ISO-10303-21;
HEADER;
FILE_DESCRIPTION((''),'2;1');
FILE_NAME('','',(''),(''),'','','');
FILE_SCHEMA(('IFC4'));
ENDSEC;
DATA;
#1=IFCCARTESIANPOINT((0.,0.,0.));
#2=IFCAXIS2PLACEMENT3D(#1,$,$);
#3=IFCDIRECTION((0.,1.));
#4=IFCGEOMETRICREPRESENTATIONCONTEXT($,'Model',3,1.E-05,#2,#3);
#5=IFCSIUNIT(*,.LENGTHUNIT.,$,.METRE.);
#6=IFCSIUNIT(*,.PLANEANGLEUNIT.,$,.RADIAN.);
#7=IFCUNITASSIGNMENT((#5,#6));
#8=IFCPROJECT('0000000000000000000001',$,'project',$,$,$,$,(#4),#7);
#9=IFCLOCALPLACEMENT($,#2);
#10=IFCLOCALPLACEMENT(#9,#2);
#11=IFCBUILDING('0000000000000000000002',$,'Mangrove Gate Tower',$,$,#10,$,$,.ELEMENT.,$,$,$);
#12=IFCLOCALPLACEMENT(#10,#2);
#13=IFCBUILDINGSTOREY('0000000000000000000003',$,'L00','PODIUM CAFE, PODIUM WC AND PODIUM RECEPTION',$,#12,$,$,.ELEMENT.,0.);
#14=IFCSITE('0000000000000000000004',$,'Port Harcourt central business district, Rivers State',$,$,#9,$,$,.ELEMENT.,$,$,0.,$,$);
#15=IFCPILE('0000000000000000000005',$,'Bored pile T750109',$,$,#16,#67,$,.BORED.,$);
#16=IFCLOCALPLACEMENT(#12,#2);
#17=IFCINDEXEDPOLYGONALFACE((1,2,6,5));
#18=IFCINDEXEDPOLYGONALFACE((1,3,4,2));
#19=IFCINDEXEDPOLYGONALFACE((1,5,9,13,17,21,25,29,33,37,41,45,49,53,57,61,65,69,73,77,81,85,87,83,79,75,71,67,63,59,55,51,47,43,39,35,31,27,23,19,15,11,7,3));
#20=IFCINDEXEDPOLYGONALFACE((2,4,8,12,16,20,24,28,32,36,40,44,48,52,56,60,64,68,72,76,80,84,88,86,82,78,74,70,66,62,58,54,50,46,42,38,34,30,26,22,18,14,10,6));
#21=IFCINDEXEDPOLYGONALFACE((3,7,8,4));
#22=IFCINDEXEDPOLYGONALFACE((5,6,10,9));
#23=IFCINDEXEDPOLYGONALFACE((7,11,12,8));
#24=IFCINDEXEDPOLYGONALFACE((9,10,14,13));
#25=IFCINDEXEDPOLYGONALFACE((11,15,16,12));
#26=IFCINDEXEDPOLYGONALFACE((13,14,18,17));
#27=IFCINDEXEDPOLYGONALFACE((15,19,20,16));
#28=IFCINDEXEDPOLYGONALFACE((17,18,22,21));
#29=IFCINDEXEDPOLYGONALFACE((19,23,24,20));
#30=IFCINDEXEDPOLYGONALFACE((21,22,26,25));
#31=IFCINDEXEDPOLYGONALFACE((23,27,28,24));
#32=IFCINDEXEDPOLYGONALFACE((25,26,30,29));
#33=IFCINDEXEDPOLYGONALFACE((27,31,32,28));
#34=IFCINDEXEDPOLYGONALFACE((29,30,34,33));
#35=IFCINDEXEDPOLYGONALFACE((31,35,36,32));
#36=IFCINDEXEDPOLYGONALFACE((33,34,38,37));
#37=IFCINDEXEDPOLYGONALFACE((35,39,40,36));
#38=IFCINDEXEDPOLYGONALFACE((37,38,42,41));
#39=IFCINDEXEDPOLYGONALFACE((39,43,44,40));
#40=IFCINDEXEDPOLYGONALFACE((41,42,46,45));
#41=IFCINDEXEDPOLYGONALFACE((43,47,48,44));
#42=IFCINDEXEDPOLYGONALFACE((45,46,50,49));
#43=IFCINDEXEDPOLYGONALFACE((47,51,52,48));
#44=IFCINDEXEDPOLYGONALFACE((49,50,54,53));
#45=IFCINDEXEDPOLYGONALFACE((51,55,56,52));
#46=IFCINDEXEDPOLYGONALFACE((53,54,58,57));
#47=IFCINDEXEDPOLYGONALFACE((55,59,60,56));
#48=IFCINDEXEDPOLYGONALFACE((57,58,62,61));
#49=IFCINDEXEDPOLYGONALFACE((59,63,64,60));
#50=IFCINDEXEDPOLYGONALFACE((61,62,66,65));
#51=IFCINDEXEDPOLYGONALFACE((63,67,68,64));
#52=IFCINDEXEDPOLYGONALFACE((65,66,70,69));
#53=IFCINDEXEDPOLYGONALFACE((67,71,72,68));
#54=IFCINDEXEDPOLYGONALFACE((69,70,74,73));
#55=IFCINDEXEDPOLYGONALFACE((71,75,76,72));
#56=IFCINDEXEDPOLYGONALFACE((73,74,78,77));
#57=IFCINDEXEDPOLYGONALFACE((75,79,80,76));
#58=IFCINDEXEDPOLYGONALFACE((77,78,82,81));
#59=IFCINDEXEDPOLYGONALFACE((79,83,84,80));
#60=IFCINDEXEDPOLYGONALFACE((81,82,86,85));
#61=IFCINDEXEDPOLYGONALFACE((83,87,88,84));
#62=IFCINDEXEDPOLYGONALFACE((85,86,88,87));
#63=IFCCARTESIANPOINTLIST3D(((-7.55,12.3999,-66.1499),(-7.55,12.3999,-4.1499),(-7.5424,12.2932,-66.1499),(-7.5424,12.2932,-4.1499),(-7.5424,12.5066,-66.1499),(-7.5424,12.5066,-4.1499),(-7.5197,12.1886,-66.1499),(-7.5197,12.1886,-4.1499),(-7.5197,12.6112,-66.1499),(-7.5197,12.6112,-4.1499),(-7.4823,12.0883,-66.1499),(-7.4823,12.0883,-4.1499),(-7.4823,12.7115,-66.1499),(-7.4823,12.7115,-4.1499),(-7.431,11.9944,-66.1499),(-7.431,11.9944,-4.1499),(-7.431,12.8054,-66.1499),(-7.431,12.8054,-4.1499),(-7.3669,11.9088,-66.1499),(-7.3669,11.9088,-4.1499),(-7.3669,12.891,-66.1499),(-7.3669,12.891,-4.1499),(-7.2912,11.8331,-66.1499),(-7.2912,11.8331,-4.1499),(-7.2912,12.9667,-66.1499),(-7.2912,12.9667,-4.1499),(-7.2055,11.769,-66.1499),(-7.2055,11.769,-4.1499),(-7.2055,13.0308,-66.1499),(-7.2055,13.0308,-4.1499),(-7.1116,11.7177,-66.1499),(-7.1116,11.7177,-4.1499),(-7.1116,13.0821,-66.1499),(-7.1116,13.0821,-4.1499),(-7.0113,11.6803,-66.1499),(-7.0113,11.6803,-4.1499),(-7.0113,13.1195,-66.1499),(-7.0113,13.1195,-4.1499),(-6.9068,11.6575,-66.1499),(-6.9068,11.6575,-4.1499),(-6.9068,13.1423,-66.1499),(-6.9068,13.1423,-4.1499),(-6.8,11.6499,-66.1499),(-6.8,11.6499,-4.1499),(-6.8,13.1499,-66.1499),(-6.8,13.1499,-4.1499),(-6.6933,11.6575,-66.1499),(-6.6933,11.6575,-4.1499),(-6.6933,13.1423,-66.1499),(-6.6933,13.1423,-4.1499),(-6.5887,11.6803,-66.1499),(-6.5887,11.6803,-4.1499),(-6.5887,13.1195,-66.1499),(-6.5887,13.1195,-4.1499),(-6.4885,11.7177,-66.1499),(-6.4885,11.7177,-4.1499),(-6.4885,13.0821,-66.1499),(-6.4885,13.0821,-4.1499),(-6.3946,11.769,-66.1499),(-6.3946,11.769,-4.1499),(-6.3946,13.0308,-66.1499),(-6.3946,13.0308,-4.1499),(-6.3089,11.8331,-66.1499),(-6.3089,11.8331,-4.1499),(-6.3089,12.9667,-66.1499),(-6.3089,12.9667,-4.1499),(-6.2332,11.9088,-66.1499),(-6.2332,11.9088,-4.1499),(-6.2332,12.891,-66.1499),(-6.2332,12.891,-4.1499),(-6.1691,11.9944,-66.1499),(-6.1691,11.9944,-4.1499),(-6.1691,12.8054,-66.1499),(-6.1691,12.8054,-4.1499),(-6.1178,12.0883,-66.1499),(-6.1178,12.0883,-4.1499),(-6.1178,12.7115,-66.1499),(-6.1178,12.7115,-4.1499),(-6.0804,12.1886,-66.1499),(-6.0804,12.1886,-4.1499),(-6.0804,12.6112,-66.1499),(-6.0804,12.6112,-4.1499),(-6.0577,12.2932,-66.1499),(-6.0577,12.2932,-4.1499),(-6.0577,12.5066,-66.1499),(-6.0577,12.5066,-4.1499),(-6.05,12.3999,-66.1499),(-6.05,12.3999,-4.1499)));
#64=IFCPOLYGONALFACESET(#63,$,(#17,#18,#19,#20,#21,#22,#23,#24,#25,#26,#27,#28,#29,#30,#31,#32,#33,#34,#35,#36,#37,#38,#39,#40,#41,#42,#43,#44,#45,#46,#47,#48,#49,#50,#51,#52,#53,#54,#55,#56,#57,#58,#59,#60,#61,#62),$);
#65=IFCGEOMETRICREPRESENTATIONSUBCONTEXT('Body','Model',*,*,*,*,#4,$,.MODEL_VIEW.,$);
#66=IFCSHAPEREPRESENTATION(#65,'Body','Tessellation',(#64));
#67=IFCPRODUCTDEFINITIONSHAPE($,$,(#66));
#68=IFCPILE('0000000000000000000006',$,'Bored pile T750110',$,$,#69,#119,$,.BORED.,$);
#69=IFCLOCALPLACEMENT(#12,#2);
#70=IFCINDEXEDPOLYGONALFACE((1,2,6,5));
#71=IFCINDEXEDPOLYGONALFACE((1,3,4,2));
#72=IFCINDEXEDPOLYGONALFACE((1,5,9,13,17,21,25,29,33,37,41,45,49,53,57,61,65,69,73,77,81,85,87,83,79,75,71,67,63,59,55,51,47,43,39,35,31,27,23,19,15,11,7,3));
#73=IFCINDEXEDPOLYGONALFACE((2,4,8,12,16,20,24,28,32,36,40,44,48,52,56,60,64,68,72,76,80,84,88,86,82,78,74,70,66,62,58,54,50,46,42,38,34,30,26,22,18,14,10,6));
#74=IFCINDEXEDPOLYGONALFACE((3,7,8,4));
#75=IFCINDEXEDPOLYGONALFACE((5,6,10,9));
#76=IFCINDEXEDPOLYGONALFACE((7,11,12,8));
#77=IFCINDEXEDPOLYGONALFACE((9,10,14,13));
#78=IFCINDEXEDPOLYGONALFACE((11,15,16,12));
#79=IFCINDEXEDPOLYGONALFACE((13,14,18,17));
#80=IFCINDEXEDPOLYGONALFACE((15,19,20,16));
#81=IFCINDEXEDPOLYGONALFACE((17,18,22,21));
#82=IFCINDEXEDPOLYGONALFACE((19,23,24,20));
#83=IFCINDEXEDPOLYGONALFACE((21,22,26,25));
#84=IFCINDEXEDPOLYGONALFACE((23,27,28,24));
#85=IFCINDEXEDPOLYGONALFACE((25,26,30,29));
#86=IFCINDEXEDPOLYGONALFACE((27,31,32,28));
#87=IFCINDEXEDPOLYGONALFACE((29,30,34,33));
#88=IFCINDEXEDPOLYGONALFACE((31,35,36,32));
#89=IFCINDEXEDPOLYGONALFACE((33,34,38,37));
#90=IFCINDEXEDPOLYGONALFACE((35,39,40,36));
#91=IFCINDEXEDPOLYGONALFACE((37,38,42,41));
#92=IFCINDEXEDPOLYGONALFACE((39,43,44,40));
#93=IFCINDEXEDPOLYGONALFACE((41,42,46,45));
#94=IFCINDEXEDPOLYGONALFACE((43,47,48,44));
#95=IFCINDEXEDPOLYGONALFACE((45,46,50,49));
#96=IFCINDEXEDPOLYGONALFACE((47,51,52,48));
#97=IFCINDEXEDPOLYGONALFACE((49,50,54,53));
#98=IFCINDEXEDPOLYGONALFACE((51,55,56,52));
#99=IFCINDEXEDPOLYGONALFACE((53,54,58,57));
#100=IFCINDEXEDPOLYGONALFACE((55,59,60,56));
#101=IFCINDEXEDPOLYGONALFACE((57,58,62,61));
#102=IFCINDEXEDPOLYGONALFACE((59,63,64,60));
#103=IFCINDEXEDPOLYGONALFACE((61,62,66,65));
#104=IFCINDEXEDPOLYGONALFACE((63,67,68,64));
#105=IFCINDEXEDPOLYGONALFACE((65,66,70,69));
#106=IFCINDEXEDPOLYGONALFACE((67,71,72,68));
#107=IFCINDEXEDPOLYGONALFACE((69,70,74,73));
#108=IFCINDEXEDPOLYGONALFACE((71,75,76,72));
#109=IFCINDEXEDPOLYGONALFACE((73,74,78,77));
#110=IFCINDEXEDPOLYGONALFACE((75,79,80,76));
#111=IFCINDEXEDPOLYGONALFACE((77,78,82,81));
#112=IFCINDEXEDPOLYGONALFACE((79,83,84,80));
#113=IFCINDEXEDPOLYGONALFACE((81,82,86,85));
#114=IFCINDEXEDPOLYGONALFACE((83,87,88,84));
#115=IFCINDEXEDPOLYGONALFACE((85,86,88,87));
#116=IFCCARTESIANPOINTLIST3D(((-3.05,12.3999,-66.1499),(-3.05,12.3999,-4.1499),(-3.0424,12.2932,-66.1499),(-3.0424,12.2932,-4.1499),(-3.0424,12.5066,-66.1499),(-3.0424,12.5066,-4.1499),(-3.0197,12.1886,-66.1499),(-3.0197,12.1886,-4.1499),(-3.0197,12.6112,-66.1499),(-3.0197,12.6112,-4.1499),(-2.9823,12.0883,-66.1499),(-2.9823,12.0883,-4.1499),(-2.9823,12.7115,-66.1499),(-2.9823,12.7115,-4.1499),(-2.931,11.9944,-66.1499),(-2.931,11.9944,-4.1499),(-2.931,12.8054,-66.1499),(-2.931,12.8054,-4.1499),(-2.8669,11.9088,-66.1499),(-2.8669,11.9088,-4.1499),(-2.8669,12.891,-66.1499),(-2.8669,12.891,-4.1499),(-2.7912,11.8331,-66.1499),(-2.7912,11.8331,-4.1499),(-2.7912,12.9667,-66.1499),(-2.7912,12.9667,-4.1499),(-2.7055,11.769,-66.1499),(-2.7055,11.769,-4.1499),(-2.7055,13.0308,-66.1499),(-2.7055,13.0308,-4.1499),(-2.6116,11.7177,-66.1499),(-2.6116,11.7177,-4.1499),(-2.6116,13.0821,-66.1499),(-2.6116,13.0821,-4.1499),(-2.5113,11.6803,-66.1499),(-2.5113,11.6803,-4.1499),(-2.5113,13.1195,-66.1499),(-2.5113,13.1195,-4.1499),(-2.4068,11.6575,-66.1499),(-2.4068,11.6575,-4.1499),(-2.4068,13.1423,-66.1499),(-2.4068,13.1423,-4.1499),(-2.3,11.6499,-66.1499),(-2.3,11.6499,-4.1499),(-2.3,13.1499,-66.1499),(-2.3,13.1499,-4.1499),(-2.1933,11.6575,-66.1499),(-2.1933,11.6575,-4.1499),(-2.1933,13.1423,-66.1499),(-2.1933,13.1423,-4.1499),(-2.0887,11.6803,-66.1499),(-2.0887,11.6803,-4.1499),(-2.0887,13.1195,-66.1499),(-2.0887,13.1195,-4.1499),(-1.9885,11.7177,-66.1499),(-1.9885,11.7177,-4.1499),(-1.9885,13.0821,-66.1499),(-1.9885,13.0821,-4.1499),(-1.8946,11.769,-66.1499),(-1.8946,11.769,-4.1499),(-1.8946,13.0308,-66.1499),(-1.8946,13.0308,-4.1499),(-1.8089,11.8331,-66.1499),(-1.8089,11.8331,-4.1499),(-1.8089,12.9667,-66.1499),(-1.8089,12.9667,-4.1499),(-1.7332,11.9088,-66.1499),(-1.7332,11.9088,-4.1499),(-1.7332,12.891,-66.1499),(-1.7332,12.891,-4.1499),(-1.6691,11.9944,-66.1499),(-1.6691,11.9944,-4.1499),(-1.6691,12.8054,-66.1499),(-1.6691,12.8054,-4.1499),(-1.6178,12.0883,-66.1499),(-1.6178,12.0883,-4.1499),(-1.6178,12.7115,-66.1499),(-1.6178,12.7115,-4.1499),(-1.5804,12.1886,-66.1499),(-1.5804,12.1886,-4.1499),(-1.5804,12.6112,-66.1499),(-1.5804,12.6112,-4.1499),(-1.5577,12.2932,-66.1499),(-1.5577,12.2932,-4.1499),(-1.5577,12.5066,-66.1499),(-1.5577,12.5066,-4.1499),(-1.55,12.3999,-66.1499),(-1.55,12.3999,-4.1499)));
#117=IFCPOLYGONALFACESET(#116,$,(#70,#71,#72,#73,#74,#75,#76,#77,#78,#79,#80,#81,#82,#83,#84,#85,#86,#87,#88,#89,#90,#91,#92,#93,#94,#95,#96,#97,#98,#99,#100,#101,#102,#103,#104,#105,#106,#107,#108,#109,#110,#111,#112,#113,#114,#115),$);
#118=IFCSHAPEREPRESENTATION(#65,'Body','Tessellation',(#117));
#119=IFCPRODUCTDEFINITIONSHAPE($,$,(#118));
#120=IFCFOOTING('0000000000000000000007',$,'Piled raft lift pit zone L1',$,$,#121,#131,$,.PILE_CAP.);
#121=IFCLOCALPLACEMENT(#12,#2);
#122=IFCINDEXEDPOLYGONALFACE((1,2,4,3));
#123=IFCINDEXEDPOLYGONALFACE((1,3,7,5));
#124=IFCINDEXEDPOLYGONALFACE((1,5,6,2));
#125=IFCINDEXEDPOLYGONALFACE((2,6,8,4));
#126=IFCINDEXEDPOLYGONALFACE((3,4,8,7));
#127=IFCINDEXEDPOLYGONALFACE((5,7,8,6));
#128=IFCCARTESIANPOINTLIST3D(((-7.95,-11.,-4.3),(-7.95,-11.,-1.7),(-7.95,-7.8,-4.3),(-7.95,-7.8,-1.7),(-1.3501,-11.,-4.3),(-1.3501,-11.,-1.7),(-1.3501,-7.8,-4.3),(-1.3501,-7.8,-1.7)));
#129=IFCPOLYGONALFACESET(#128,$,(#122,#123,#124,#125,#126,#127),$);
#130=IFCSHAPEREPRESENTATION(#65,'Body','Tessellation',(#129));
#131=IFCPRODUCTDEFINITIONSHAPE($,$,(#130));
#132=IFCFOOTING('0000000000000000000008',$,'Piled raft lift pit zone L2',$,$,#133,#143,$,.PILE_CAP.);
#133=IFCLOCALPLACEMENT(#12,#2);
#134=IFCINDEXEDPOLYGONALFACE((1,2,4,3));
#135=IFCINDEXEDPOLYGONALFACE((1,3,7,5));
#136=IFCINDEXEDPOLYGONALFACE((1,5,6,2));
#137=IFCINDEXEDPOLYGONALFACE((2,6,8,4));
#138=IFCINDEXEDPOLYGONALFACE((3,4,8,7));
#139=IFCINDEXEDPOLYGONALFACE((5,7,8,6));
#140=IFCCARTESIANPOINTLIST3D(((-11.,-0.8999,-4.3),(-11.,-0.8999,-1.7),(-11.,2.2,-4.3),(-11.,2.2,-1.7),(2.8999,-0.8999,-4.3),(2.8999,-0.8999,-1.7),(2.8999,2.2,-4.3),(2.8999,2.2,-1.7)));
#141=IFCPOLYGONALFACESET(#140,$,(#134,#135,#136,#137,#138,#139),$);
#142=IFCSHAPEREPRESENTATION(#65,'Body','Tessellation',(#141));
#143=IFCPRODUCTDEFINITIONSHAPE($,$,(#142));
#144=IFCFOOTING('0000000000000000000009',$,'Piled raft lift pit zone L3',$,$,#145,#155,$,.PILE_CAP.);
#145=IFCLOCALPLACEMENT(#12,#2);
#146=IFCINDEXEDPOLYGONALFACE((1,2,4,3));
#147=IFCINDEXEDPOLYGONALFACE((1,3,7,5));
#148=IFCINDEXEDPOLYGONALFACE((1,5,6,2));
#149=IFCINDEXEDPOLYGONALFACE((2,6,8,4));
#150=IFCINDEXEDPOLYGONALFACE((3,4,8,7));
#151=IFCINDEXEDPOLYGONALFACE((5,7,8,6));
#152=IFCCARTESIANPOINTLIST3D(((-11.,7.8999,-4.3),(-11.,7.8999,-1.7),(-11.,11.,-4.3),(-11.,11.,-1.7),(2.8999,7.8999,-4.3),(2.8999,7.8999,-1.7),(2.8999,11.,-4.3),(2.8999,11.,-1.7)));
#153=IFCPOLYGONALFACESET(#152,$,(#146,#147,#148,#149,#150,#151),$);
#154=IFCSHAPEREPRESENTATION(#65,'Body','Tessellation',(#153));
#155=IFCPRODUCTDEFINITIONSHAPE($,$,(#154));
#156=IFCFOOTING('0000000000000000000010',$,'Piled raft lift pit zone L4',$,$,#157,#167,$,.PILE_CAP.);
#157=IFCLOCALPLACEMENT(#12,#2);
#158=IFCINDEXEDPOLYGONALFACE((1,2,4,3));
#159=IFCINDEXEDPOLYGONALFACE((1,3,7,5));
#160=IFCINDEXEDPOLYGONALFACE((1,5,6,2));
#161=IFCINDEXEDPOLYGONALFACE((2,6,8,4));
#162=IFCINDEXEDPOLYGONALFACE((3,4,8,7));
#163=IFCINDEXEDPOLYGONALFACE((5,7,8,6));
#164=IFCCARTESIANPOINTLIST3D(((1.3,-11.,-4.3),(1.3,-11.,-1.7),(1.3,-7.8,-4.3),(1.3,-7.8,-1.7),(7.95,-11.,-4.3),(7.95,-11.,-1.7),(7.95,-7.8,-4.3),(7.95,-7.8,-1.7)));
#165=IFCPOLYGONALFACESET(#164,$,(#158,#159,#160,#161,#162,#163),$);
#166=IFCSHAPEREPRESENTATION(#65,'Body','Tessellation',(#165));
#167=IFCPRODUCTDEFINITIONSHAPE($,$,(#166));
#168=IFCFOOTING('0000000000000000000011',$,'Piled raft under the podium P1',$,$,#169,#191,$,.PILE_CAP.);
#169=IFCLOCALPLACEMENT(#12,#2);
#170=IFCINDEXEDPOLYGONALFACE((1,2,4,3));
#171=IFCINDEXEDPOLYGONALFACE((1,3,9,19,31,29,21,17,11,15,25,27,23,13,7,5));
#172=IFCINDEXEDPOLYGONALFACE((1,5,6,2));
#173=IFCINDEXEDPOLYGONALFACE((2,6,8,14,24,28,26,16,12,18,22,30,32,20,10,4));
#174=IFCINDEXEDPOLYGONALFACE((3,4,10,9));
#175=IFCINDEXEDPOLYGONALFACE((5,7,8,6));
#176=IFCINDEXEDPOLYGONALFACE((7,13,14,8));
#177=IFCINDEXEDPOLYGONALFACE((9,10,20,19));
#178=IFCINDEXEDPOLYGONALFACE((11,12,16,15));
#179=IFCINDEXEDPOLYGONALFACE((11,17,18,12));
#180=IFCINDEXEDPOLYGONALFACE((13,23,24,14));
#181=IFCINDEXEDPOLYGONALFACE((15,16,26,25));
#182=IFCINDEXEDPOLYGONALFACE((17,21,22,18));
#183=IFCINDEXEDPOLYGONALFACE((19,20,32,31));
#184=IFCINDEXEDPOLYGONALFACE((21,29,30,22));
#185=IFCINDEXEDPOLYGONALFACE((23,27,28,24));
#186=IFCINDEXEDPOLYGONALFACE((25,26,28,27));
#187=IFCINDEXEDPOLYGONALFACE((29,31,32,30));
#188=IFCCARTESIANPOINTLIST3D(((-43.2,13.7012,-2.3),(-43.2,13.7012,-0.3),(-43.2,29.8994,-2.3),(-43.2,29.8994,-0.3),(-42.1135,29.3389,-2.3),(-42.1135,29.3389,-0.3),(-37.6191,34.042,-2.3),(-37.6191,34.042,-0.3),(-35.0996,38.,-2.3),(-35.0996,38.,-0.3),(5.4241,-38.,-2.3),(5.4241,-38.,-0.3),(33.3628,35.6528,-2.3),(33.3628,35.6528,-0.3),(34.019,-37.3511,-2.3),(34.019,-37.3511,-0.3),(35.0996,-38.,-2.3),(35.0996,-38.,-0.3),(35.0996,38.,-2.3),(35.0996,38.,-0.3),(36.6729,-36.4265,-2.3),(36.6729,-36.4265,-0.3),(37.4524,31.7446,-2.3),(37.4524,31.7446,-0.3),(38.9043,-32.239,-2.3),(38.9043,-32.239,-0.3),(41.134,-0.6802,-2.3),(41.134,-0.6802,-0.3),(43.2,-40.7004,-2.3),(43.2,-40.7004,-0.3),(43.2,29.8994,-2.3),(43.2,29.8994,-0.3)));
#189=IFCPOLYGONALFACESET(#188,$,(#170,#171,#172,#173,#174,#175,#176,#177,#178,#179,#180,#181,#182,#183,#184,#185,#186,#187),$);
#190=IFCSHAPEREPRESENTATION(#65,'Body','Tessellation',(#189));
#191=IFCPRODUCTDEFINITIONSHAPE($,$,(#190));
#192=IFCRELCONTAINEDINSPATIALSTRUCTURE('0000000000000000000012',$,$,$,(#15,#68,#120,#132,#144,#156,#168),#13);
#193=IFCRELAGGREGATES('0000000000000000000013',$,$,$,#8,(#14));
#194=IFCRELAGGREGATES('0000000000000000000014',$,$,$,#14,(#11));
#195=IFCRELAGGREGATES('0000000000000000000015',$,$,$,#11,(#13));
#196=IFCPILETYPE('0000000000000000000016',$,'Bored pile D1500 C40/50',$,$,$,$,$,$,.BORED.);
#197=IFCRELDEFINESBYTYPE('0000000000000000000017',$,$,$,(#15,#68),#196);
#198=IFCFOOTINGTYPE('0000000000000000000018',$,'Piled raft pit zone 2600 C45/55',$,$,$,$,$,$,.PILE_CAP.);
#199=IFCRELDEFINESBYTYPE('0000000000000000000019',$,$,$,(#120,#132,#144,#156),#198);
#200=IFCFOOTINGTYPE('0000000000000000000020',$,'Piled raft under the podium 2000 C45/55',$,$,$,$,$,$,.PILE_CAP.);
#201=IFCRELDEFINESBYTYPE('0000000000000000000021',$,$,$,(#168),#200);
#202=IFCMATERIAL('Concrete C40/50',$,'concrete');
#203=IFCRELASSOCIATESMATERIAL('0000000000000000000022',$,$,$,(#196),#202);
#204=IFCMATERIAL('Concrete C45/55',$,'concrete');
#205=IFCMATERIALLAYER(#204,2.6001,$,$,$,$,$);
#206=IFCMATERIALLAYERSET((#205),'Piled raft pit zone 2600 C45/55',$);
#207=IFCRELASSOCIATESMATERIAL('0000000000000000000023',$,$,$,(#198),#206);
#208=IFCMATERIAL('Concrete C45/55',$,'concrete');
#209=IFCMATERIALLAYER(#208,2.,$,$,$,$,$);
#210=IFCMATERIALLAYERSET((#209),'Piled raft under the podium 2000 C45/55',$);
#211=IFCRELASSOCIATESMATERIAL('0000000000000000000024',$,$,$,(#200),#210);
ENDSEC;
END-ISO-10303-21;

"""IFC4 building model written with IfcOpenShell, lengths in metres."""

from ifc_helpers import new_model, si_unit, direction, frame, origin, origin_2d, place, context, subcontext, project, spatial, polyline, circle, outline, extrude, material, layer, layer_set, material_profile, profile_set, type_object, element, save


model = new_model("IFC4")

# Units and contexts
model_context = context("Model", 3, precision=1e-05, world=origin(), true_north=direction((0.0, 1.0)))
body_context = subcontext(model_context, "Body", "Model", "MODEL_VIEW")
ifc_project = project(units=[si_unit("LENGTHUNIT", "METRE"), si_unit("PLANEANGLEUNIT", "RADIAN")], contexts=[model_context])

# Site, building, storey
site_placement = place(None, origin())
site = spatial("IfcSite", under=ifc_project, at=site_placement, Name="Port Harcourt central business district, Rivers State", CompositionType="ELEMENT", RefElevation=0.0)
building_placement = place(site_placement, origin())
building = spatial("IfcBuilding", under=site, at=building_placement, Name="Mangrove Gate Tower", CompositionType="ELEMENT")
storey_placement = place(building_placement, origin())
storey = spatial("IfcBuildingStorey", under=building, at=storey_placement, Name="L00", Description="PODIUM CAFE, PODIUM WC AND PODIUM RECEPTION", CompositionType="ELEMENT", Elevation=0.0)

# Piles
ifc_material_1 = material(Name="Concrete C40/50", Category="concrete")
ifc_material_profile = material_profile(ifc_material_1, circle(Radius=0.75, at=origin_2d()))
ifc_profile_set = profile_set([ifc_material_profile], Name="Concrete C40/50")
pile_type = type_object("IfcPileType", Name="Bored pile D1500 C40/50", PredefinedType="BORED", material=ifc_profile_set)
for number, where, z_axis, x_axis, name in (
    (1, (-6.8, 12.3999, -4.1499), (0.0, 0.0, -1.0), (1.0, 0.0, 0.0), "Bored pile T750109"),
    (2, (-2.3, 12.3999, -4.1499), (0.0, 0.0, -1.0), (1.0, 0.0, 0.0), "Bored pile T750110"),
):
    element("IfcPile", number, at=place(storey_placement, frame(where, z_axis=z_axis, x_axis=x_axis)), inside=storey, type_object=pile_type, Name=name, PredefinedType="BORED", context=body_context, shape_type="SweptSolid", body=[
        extrude(circle(Radius=0.75, at=origin_2d()), origin(), (0.0, 0.0, 1.0), 62.0),
    ])

# Footings
ifc_material_2 = material(Name="Concrete C45/55", Category="concrete")
ifc_layer_1 = layer(ifc_material_2, 2.6001)
ifc_layer_set_1 = layer_set([ifc_layer_1], Name="Piled raft pit zone 2600 C45/55")
footing_type_1 = type_object("IfcFootingType", Name="Piled raft pit zone 2600 C45/55", PredefinedType="PILE_CAP", material=ifc_layer_set_1)
footing_1_placement = place(storey_placement, frame((0.0, 0.0, -4.3)))
element("IfcFooting", 3, at=footing_1_placement, inside=storey, type_object=footing_type_1, Name="Piled raft lift pit zone L1", PredefinedType="PILE_CAP", context=body_context, shape_type="SweptSolid", body=[
    extrude(outline(polyline([(-1.3501, -7.8), (-7.95, -7.8), (-7.95, -11.0), (-1.3501, -11.0), (-1.3501, -7.8)])), origin(), (0.0, 0.0, 1.0), 2.6001),
])
footing_2_placement = place(storey_placement, frame((0.0, 0.0, -4.3)))
element("IfcFooting", 4, at=footing_2_placement, inside=storey, type_object=footing_type_1, Name="Piled raft lift pit zone L2", PredefinedType="PILE_CAP", context=body_context, shape_type="SweptSolid", body=[
    extrude(outline(polyline([(2.8999, 2.2), (-11.0, 2.2), (-11.0, -0.8999), (2.8999, -0.8999), (2.8999, 2.2)])), origin(), (0.0, 0.0, 1.0), 2.6001),
])
footing_3_placement = place(storey_placement, frame((0.0, 0.0, -4.3)))
element("IfcFooting", 5, at=footing_3_placement, inside=storey, type_object=footing_type_1, Name="Piled raft lift pit zone L3", PredefinedType="PILE_CAP", context=body_context, shape_type="SweptSolid", body=[
    extrude(outline(polyline([(2.8999, 11.0), (-11.0, 11.0), (-11.0, 7.8999), (2.8999, 7.8999), (2.8999, 11.0)])), origin(), (0.0, 0.0, 1.0), 2.6001),
])
footing_4_placement = place(storey_placement, frame((0.0, 0.0, -4.3)))
element("IfcFooting", 6, at=footing_4_placement, inside=storey, type_object=footing_type_1, Name="Piled raft lift pit zone L4", PredefinedType="PILE_CAP", context=body_context, shape_type="SweptSolid", body=[
    extrude(outline(polyline([(7.95, -7.8), (1.3, -7.8), (1.3, -11.0), (7.95, -11.0), (7.95, -7.8)])), origin(), (0.0, 0.0, 1.0), 2.6001),
])
ifc_material_3 = material(Name="Concrete C45/55", Category="concrete")
ifc_layer_2 = layer(ifc_material_3, 2.0)
ifc_layer_set_2 = layer_set([ifc_layer_2], Name="Piled raft under the podium 2000 C45/55")
footing_type_2 = type_object("IfcFootingType", Name="Piled raft under the podium 2000 C45/55", PredefinedType="PILE_CAP", material=ifc_layer_set_2)
footing_5_placement = place(storey_placement, frame((0.0, 0.0, -2.3)))
element("IfcFooting", 7, at=footing_5_placement, inside=storey, type_object=footing_type_2, Name="Piled raft under the podium P1", PredefinedType="PILE_CAP", context=body_context, shape_type="SweptSolid", body=[
    extrude(outline(polyline([(-35.0996, 38.0), (-43.2, 29.8994), (-43.2, 13.7012), (-42.1135, 29.3389), (-37.6191, 34.042), (33.3628, 35.6528), (37.4524, 31.7446), (41.134, -0.6802), (38.9043, -32.239), (34.019, -37.3511), (5.4241, -38.0), (35.0996, -38.0), (36.6729, -36.4265), (43.2, -40.7004), (43.2, 29.8994), (35.0996, 38.0), (-35.0996, 38.0)])), origin(), (0.0, 0.0, 1.0), 2.0),
])

save(model, "model.ifc")
